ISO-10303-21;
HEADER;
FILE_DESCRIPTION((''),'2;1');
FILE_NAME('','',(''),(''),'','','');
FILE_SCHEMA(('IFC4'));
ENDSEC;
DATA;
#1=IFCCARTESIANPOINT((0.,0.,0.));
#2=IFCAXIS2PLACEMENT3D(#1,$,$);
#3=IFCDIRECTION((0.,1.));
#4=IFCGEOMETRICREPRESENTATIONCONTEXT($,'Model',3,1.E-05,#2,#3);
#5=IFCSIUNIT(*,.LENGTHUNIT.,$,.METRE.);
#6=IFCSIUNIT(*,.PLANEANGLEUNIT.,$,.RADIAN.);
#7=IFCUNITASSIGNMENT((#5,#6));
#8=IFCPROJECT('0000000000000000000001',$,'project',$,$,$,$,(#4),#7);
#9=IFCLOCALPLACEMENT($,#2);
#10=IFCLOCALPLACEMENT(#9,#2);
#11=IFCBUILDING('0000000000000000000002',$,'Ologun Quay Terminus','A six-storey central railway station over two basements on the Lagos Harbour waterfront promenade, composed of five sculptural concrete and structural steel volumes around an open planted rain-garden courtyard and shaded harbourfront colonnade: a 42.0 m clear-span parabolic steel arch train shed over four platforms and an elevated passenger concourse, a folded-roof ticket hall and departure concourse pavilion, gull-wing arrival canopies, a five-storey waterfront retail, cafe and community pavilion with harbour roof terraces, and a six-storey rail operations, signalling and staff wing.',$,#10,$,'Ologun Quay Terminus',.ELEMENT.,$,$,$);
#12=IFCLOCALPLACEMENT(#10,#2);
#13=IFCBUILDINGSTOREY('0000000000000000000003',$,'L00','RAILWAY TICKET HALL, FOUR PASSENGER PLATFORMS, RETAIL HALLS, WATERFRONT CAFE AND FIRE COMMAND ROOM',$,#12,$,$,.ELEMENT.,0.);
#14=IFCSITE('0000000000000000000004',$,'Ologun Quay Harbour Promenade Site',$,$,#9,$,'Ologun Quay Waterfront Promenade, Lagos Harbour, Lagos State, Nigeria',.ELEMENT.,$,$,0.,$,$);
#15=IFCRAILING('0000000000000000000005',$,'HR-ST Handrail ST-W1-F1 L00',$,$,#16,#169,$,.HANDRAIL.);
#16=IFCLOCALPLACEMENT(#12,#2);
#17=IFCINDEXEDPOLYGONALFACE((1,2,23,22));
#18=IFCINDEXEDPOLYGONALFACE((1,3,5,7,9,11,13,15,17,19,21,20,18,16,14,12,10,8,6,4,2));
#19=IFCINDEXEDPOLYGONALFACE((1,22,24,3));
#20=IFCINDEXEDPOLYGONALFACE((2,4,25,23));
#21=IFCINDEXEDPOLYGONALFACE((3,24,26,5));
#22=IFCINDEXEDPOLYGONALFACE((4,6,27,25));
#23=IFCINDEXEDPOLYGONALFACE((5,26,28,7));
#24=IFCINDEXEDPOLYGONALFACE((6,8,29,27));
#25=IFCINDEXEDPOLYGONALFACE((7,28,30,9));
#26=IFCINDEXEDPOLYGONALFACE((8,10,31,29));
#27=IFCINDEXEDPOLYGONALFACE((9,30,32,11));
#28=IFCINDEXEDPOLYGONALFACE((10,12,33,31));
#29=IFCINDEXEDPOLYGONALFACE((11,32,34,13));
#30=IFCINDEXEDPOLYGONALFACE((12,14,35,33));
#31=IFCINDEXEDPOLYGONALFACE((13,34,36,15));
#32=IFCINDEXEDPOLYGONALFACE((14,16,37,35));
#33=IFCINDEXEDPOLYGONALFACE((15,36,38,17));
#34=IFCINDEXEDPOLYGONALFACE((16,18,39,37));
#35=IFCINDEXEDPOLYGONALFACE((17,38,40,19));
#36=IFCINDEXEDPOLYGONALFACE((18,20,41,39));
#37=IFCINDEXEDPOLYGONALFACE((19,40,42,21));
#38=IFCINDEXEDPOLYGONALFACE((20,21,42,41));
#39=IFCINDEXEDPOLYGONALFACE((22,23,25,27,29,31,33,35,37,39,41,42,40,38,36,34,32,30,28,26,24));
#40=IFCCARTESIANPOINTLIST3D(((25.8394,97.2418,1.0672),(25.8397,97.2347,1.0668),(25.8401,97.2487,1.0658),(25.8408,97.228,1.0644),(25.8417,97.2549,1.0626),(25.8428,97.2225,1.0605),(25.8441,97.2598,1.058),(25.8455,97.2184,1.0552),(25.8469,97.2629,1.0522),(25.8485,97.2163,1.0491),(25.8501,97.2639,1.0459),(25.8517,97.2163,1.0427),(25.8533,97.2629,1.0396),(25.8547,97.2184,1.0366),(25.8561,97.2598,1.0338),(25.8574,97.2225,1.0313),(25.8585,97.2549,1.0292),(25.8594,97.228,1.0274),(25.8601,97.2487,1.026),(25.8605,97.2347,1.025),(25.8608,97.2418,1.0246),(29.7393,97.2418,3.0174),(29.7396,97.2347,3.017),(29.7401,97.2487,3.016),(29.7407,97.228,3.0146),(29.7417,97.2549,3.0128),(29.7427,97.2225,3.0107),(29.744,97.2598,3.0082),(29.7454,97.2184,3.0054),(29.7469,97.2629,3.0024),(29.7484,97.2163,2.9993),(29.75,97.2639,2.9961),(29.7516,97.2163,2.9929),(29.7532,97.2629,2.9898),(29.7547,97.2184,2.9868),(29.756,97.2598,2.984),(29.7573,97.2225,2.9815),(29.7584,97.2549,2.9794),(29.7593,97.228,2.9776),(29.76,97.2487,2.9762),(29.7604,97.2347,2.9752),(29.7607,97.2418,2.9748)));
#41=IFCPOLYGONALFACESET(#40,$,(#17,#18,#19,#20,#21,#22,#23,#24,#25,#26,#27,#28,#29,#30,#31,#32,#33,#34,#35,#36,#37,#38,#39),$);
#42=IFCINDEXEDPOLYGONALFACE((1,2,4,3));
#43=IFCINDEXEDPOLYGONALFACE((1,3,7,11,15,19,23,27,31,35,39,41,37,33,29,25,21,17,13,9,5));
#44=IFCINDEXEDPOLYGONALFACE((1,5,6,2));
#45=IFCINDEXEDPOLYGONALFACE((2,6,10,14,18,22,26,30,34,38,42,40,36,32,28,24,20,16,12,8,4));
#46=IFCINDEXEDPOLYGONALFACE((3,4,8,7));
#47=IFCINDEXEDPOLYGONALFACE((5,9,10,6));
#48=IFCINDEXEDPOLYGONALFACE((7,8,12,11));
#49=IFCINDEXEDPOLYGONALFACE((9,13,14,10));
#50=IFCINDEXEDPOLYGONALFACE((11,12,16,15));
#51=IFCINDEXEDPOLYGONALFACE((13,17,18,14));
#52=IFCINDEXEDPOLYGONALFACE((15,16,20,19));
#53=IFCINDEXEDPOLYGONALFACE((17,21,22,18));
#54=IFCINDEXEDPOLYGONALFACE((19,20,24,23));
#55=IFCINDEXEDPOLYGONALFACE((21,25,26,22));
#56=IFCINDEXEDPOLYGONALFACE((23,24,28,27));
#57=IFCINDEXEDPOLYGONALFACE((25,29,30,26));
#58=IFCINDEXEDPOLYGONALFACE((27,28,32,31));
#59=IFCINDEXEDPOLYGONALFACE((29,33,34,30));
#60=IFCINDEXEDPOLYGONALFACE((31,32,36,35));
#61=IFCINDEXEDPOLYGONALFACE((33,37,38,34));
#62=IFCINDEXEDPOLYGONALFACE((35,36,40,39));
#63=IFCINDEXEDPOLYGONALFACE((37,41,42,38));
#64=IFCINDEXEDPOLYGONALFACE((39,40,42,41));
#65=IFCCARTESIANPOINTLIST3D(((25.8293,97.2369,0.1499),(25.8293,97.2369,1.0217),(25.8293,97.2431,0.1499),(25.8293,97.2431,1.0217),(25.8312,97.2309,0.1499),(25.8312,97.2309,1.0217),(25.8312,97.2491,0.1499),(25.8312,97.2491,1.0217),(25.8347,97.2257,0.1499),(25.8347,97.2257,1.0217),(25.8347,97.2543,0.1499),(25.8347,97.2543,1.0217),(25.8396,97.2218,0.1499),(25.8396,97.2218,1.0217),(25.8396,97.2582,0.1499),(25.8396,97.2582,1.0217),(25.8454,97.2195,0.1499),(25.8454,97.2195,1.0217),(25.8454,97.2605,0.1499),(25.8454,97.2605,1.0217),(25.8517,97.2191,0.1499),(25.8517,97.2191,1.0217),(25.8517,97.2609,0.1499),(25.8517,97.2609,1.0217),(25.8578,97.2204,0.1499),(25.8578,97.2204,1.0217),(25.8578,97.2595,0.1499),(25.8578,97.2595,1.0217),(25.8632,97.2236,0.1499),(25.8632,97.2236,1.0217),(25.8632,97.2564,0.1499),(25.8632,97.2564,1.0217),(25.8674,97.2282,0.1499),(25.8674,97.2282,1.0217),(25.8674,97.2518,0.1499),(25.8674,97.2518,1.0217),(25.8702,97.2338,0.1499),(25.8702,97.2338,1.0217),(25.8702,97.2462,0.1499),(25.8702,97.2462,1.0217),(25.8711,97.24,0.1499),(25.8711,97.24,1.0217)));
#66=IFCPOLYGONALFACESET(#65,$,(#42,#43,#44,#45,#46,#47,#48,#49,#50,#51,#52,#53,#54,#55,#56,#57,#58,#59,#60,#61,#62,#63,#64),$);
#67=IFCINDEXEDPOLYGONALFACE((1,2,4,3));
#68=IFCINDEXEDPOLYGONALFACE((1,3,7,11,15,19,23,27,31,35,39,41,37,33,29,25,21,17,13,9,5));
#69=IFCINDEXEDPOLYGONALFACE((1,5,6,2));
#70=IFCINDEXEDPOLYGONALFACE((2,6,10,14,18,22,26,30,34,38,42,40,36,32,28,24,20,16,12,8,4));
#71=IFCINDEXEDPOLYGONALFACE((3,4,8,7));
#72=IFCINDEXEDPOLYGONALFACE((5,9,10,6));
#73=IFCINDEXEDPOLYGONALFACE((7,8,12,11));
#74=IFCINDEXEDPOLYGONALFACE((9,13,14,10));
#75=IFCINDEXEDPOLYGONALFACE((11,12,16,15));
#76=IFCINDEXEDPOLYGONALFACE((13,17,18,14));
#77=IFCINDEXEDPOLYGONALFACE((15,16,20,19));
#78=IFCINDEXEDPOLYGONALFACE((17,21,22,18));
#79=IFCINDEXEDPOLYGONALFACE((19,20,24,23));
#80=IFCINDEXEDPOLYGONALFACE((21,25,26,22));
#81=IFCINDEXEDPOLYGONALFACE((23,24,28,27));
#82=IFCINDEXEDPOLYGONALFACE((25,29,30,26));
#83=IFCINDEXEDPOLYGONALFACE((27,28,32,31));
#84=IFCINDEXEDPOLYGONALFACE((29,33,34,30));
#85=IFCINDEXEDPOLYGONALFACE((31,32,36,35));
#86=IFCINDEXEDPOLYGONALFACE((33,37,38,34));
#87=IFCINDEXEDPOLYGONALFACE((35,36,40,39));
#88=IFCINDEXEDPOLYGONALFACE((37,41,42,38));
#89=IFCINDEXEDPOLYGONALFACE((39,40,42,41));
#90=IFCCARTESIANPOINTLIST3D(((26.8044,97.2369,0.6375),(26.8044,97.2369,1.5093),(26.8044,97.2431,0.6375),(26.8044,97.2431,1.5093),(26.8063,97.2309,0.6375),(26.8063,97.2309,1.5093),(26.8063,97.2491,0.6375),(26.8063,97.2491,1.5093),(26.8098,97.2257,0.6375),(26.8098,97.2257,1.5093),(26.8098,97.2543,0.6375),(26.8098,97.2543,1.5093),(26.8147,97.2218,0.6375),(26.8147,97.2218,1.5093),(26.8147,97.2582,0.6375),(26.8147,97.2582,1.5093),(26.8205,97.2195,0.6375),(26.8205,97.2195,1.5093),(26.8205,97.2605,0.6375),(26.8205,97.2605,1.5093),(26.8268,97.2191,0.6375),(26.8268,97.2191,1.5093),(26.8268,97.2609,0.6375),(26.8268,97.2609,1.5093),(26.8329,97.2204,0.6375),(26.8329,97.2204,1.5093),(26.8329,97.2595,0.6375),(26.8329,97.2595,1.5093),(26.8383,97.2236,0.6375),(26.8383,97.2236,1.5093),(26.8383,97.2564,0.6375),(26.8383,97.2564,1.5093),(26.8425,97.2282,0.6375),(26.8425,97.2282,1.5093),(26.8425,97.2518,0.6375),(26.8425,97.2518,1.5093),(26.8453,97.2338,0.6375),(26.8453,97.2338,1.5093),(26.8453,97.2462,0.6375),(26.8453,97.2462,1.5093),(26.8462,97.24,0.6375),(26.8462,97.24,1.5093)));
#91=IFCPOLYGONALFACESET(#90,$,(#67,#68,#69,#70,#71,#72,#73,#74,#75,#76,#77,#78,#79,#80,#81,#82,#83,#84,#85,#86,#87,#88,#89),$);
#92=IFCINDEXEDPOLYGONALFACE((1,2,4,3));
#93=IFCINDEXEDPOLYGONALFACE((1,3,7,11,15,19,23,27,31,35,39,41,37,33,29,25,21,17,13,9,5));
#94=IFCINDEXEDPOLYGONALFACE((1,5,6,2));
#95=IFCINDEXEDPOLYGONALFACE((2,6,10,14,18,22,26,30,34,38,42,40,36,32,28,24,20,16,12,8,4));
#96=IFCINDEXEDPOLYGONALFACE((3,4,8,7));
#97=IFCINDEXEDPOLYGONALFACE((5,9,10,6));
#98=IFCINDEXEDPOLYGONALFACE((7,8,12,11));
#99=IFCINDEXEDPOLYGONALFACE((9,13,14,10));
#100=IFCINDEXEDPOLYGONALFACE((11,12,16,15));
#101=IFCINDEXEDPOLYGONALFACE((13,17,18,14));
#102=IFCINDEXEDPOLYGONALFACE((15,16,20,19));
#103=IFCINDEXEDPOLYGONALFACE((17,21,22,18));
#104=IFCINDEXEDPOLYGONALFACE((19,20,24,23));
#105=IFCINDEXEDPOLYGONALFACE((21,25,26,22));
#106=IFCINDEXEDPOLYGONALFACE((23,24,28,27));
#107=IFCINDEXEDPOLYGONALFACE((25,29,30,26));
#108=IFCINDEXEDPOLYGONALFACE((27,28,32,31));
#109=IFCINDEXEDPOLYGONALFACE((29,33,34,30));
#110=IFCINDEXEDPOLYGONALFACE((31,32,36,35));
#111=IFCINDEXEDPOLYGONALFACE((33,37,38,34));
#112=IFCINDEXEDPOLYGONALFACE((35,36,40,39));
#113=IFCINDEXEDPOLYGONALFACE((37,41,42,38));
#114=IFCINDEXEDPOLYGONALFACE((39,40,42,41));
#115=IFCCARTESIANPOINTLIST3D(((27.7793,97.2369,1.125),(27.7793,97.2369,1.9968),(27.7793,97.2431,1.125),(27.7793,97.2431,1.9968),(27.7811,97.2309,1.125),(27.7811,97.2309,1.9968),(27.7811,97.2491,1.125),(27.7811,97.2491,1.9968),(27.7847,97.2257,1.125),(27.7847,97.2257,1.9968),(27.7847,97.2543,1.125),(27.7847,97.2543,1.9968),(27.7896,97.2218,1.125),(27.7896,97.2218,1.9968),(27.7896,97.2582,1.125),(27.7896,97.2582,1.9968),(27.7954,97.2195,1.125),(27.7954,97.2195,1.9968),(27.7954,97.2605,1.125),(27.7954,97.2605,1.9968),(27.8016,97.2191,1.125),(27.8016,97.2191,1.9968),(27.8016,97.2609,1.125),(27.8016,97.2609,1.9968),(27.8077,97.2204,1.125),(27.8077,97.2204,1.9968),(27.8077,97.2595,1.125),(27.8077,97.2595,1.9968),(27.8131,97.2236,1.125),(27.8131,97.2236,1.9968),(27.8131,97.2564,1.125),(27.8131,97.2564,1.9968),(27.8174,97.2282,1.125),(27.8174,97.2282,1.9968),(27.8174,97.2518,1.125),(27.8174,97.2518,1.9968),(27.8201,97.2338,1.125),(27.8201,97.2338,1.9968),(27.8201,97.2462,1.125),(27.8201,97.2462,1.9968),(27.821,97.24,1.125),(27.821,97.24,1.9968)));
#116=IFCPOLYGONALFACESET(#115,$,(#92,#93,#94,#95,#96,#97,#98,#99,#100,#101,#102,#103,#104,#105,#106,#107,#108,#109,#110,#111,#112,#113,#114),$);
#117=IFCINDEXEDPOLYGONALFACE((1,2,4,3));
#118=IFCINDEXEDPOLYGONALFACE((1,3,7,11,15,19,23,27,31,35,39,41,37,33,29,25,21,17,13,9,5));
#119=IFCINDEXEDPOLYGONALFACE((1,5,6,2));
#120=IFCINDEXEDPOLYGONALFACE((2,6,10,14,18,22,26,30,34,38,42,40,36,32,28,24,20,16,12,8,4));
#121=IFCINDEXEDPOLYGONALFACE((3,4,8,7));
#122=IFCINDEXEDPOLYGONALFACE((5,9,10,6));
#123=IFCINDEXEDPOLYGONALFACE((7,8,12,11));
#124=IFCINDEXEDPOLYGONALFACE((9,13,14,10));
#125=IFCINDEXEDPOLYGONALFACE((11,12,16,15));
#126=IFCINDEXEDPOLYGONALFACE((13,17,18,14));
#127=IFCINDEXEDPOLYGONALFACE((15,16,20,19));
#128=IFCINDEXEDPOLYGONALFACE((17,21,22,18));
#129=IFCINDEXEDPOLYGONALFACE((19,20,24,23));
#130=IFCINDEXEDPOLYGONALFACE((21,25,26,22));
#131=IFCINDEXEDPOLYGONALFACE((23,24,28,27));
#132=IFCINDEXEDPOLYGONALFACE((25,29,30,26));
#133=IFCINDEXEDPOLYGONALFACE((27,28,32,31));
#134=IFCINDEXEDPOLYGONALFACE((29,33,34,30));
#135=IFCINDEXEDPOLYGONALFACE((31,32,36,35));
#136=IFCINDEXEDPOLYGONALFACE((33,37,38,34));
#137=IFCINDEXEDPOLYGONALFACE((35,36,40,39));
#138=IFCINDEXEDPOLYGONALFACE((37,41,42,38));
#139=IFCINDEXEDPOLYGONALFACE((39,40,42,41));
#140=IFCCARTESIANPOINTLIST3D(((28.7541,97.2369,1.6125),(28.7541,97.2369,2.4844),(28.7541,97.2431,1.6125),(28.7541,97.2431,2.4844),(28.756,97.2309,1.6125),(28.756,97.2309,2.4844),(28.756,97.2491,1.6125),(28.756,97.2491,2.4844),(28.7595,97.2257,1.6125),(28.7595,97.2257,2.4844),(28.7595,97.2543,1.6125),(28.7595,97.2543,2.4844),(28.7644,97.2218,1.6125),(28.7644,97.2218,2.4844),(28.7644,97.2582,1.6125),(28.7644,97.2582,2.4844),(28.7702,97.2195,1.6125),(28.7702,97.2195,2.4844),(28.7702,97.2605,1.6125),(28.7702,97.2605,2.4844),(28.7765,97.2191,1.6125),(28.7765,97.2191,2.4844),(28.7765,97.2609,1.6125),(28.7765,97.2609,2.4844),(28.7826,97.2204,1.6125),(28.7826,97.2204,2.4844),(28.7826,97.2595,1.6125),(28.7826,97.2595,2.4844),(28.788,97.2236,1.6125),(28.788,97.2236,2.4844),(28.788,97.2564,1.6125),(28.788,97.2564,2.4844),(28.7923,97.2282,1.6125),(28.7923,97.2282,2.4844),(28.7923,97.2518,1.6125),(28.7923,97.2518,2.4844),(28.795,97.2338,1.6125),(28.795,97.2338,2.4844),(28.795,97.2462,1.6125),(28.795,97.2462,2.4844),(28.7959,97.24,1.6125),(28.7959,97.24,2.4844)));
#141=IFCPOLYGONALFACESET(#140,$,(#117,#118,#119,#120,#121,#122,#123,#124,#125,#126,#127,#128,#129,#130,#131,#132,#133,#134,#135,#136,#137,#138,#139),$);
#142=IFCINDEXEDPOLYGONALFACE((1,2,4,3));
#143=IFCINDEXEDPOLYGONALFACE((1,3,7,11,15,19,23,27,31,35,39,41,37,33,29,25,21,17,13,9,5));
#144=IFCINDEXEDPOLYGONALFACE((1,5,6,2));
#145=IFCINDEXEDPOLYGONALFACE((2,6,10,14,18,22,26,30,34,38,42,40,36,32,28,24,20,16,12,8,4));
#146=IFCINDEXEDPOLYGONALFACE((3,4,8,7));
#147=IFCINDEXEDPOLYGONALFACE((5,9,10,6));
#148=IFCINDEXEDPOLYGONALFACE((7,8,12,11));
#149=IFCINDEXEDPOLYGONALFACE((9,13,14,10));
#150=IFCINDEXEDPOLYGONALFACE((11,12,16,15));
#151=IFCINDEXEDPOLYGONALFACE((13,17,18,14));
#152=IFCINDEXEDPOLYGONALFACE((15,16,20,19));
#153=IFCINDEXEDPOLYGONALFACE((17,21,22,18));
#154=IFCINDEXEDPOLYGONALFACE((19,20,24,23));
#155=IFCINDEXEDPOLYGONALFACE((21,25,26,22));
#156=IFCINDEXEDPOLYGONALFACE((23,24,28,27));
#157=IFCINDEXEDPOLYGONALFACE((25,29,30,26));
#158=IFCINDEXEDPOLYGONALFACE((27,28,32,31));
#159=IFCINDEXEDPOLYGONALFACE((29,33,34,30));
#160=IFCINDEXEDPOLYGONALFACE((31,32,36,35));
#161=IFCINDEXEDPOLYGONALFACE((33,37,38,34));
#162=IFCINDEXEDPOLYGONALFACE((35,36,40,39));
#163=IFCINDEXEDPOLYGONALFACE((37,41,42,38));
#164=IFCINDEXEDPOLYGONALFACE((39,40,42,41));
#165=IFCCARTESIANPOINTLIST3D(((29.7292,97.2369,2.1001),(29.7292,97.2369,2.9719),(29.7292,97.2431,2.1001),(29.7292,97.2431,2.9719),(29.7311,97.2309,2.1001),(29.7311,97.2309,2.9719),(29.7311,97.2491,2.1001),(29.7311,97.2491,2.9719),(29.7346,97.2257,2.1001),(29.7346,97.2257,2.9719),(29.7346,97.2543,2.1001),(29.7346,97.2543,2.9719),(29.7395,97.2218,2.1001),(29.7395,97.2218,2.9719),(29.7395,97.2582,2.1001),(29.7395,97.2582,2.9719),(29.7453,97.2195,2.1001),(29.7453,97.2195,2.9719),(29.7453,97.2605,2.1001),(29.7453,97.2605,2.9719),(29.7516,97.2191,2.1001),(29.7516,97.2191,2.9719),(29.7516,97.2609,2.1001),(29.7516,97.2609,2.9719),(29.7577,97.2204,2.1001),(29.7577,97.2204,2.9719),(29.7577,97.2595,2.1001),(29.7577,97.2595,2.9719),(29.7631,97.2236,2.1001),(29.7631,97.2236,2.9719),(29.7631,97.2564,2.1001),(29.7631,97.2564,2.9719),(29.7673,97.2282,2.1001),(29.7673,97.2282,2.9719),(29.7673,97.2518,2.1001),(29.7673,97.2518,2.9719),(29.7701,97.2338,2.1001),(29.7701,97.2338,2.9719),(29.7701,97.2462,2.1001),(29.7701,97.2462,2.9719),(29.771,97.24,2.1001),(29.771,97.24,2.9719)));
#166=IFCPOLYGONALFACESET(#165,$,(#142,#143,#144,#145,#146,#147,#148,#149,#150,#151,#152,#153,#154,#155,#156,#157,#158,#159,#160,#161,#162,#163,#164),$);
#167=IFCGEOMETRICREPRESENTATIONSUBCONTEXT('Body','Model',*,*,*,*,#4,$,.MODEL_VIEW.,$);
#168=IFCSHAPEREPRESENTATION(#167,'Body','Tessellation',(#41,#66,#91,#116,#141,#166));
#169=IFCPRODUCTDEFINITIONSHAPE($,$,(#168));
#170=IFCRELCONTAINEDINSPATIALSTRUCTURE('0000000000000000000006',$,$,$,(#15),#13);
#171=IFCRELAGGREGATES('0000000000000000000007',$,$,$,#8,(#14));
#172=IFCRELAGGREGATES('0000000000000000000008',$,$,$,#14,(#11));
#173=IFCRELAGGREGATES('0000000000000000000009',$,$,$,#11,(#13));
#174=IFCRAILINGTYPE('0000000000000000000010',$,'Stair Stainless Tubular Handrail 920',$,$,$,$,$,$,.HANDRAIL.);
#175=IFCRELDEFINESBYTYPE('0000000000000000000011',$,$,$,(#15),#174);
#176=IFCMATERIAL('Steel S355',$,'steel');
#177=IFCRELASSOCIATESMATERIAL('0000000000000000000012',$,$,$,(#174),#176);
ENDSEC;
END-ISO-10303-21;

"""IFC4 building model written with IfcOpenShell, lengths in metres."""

from ifc_helpers import new_model, si_unit, direction, frame, origin, origin_2d, place, context, subcontext, project, spatial, circle, extrude, material, type_object, element, save


model = new_model("IFC4")

# Units and contexts
model_context = context("Model", 3, precision=1e-05, world=origin(), true_north=direction((0.0, 1.0)))
body_context = subcontext(model_context, "Body", "Model", "MODEL_VIEW")
ifc_project = project(units=[si_unit("LENGTHUNIT", "METRE"), si_unit("PLANEANGLEUNIT", "RADIAN")], contexts=[model_context])

# Site, building, storey
site_placement = place(None, origin())
site = spatial("IfcSite", under=ifc_project, at=site_placement, Name="Ologun Quay Harbour Promenade Site", LongName="Ologun Quay Waterfront Promenade, Lagos Harbour, Lagos State, Nigeria", CompositionType="ELEMENT", RefElevation=0.0)
building_placement = place(site_placement, origin())
building = spatial("IfcBuilding", under=site, at=building_placement, Name="Ologun Quay Terminus", Description="A six-storey central railway station over two basements on the Lagos Harbour waterfront promenade, composed of five sculptural concrete and structural steel volumes around an open planted rain-garden courtyard and shaded harbourfront colonnade: a 42.0 m clear-span parabolic steel arch train shed over four platforms and an elevated passenger concourse, a folded-roof ticket hall and departure concourse pavilion, gull-wing arrival canopies, a five-storey waterfront retail, cafe and community pavilion with harbour roof terraces, and a six-storey rail operations, signalling and staff wing.", LongName="Ologun Quay Terminus", CompositionType="ELEMENT")
storey_placement = place(building_placement, origin())
storey = spatial("IfcBuildingStorey", under=building, at=storey_placement, Name="L00", Description="RAILWAY TICKET HALL, FOUR PASSENGER PLATFORMS, RETAIL HALLS, WATERFRONT CAFE AND FIRE COMMAND ROOM", CompositionType="ELEMENT", Elevation=0.0)

# Railing
ifc_material_1 = material(Name="Steel S355", Category="steel")
railing_type_1 = type_object("IfcRailingType", Name="Stair Stainless Tubular Handrail 920", PredefinedType="HANDRAIL", material=ifc_material_1)
railing_1_placement = place(storey_placement, frame((25.8501, 97.24, 0.1499)))
element("IfcRailing", 1, at=railing_1_placement, inside=storey, type_object=railing_type_1, Name="HR-ST Handrail ST-W1-F1 L00", PredefinedType="HANDRAIL", context=body_context, shape_type="SweptSolid", body=[
    extrude(circle(Radius=0.0239, at=origin_2d()), frame((0.0, 0.0, 0.896), z_axis=(0.894405, 0.0, 0.447258), x_axis=(0.0, 1.0, 0.0)), (0.0, 0.0, 1.0), 4.3604),
    extrude(circle(Radius=0.021, at=origin_2d()), origin(), (0.0, 0.0, 1.0), 0.8718),
    extrude(circle(Radius=0.021, at=origin_2d()), frame((0.9751, 0.0, 0.4875)), (0.0, 0.0, 1.0), 0.8718),
    extrude(circle(Radius=0.021, at=origin_2d()), frame((1.95, 0.0, 0.9751)), (0.0, 0.0, 1.0), 0.8718),
    extrude(circle(Radius=0.021, at=origin_2d()), frame((2.9248, 0.0, 1.4626)), (0.0, 0.0, 1.0), 0.8718),
    extrude(circle(Radius=0.021, at=origin_2d()), frame((3.8999, 0.0, 1.9502)), (0.0, 0.0, 1.0), 0.8718),
])

save(model, "model.ifc")
